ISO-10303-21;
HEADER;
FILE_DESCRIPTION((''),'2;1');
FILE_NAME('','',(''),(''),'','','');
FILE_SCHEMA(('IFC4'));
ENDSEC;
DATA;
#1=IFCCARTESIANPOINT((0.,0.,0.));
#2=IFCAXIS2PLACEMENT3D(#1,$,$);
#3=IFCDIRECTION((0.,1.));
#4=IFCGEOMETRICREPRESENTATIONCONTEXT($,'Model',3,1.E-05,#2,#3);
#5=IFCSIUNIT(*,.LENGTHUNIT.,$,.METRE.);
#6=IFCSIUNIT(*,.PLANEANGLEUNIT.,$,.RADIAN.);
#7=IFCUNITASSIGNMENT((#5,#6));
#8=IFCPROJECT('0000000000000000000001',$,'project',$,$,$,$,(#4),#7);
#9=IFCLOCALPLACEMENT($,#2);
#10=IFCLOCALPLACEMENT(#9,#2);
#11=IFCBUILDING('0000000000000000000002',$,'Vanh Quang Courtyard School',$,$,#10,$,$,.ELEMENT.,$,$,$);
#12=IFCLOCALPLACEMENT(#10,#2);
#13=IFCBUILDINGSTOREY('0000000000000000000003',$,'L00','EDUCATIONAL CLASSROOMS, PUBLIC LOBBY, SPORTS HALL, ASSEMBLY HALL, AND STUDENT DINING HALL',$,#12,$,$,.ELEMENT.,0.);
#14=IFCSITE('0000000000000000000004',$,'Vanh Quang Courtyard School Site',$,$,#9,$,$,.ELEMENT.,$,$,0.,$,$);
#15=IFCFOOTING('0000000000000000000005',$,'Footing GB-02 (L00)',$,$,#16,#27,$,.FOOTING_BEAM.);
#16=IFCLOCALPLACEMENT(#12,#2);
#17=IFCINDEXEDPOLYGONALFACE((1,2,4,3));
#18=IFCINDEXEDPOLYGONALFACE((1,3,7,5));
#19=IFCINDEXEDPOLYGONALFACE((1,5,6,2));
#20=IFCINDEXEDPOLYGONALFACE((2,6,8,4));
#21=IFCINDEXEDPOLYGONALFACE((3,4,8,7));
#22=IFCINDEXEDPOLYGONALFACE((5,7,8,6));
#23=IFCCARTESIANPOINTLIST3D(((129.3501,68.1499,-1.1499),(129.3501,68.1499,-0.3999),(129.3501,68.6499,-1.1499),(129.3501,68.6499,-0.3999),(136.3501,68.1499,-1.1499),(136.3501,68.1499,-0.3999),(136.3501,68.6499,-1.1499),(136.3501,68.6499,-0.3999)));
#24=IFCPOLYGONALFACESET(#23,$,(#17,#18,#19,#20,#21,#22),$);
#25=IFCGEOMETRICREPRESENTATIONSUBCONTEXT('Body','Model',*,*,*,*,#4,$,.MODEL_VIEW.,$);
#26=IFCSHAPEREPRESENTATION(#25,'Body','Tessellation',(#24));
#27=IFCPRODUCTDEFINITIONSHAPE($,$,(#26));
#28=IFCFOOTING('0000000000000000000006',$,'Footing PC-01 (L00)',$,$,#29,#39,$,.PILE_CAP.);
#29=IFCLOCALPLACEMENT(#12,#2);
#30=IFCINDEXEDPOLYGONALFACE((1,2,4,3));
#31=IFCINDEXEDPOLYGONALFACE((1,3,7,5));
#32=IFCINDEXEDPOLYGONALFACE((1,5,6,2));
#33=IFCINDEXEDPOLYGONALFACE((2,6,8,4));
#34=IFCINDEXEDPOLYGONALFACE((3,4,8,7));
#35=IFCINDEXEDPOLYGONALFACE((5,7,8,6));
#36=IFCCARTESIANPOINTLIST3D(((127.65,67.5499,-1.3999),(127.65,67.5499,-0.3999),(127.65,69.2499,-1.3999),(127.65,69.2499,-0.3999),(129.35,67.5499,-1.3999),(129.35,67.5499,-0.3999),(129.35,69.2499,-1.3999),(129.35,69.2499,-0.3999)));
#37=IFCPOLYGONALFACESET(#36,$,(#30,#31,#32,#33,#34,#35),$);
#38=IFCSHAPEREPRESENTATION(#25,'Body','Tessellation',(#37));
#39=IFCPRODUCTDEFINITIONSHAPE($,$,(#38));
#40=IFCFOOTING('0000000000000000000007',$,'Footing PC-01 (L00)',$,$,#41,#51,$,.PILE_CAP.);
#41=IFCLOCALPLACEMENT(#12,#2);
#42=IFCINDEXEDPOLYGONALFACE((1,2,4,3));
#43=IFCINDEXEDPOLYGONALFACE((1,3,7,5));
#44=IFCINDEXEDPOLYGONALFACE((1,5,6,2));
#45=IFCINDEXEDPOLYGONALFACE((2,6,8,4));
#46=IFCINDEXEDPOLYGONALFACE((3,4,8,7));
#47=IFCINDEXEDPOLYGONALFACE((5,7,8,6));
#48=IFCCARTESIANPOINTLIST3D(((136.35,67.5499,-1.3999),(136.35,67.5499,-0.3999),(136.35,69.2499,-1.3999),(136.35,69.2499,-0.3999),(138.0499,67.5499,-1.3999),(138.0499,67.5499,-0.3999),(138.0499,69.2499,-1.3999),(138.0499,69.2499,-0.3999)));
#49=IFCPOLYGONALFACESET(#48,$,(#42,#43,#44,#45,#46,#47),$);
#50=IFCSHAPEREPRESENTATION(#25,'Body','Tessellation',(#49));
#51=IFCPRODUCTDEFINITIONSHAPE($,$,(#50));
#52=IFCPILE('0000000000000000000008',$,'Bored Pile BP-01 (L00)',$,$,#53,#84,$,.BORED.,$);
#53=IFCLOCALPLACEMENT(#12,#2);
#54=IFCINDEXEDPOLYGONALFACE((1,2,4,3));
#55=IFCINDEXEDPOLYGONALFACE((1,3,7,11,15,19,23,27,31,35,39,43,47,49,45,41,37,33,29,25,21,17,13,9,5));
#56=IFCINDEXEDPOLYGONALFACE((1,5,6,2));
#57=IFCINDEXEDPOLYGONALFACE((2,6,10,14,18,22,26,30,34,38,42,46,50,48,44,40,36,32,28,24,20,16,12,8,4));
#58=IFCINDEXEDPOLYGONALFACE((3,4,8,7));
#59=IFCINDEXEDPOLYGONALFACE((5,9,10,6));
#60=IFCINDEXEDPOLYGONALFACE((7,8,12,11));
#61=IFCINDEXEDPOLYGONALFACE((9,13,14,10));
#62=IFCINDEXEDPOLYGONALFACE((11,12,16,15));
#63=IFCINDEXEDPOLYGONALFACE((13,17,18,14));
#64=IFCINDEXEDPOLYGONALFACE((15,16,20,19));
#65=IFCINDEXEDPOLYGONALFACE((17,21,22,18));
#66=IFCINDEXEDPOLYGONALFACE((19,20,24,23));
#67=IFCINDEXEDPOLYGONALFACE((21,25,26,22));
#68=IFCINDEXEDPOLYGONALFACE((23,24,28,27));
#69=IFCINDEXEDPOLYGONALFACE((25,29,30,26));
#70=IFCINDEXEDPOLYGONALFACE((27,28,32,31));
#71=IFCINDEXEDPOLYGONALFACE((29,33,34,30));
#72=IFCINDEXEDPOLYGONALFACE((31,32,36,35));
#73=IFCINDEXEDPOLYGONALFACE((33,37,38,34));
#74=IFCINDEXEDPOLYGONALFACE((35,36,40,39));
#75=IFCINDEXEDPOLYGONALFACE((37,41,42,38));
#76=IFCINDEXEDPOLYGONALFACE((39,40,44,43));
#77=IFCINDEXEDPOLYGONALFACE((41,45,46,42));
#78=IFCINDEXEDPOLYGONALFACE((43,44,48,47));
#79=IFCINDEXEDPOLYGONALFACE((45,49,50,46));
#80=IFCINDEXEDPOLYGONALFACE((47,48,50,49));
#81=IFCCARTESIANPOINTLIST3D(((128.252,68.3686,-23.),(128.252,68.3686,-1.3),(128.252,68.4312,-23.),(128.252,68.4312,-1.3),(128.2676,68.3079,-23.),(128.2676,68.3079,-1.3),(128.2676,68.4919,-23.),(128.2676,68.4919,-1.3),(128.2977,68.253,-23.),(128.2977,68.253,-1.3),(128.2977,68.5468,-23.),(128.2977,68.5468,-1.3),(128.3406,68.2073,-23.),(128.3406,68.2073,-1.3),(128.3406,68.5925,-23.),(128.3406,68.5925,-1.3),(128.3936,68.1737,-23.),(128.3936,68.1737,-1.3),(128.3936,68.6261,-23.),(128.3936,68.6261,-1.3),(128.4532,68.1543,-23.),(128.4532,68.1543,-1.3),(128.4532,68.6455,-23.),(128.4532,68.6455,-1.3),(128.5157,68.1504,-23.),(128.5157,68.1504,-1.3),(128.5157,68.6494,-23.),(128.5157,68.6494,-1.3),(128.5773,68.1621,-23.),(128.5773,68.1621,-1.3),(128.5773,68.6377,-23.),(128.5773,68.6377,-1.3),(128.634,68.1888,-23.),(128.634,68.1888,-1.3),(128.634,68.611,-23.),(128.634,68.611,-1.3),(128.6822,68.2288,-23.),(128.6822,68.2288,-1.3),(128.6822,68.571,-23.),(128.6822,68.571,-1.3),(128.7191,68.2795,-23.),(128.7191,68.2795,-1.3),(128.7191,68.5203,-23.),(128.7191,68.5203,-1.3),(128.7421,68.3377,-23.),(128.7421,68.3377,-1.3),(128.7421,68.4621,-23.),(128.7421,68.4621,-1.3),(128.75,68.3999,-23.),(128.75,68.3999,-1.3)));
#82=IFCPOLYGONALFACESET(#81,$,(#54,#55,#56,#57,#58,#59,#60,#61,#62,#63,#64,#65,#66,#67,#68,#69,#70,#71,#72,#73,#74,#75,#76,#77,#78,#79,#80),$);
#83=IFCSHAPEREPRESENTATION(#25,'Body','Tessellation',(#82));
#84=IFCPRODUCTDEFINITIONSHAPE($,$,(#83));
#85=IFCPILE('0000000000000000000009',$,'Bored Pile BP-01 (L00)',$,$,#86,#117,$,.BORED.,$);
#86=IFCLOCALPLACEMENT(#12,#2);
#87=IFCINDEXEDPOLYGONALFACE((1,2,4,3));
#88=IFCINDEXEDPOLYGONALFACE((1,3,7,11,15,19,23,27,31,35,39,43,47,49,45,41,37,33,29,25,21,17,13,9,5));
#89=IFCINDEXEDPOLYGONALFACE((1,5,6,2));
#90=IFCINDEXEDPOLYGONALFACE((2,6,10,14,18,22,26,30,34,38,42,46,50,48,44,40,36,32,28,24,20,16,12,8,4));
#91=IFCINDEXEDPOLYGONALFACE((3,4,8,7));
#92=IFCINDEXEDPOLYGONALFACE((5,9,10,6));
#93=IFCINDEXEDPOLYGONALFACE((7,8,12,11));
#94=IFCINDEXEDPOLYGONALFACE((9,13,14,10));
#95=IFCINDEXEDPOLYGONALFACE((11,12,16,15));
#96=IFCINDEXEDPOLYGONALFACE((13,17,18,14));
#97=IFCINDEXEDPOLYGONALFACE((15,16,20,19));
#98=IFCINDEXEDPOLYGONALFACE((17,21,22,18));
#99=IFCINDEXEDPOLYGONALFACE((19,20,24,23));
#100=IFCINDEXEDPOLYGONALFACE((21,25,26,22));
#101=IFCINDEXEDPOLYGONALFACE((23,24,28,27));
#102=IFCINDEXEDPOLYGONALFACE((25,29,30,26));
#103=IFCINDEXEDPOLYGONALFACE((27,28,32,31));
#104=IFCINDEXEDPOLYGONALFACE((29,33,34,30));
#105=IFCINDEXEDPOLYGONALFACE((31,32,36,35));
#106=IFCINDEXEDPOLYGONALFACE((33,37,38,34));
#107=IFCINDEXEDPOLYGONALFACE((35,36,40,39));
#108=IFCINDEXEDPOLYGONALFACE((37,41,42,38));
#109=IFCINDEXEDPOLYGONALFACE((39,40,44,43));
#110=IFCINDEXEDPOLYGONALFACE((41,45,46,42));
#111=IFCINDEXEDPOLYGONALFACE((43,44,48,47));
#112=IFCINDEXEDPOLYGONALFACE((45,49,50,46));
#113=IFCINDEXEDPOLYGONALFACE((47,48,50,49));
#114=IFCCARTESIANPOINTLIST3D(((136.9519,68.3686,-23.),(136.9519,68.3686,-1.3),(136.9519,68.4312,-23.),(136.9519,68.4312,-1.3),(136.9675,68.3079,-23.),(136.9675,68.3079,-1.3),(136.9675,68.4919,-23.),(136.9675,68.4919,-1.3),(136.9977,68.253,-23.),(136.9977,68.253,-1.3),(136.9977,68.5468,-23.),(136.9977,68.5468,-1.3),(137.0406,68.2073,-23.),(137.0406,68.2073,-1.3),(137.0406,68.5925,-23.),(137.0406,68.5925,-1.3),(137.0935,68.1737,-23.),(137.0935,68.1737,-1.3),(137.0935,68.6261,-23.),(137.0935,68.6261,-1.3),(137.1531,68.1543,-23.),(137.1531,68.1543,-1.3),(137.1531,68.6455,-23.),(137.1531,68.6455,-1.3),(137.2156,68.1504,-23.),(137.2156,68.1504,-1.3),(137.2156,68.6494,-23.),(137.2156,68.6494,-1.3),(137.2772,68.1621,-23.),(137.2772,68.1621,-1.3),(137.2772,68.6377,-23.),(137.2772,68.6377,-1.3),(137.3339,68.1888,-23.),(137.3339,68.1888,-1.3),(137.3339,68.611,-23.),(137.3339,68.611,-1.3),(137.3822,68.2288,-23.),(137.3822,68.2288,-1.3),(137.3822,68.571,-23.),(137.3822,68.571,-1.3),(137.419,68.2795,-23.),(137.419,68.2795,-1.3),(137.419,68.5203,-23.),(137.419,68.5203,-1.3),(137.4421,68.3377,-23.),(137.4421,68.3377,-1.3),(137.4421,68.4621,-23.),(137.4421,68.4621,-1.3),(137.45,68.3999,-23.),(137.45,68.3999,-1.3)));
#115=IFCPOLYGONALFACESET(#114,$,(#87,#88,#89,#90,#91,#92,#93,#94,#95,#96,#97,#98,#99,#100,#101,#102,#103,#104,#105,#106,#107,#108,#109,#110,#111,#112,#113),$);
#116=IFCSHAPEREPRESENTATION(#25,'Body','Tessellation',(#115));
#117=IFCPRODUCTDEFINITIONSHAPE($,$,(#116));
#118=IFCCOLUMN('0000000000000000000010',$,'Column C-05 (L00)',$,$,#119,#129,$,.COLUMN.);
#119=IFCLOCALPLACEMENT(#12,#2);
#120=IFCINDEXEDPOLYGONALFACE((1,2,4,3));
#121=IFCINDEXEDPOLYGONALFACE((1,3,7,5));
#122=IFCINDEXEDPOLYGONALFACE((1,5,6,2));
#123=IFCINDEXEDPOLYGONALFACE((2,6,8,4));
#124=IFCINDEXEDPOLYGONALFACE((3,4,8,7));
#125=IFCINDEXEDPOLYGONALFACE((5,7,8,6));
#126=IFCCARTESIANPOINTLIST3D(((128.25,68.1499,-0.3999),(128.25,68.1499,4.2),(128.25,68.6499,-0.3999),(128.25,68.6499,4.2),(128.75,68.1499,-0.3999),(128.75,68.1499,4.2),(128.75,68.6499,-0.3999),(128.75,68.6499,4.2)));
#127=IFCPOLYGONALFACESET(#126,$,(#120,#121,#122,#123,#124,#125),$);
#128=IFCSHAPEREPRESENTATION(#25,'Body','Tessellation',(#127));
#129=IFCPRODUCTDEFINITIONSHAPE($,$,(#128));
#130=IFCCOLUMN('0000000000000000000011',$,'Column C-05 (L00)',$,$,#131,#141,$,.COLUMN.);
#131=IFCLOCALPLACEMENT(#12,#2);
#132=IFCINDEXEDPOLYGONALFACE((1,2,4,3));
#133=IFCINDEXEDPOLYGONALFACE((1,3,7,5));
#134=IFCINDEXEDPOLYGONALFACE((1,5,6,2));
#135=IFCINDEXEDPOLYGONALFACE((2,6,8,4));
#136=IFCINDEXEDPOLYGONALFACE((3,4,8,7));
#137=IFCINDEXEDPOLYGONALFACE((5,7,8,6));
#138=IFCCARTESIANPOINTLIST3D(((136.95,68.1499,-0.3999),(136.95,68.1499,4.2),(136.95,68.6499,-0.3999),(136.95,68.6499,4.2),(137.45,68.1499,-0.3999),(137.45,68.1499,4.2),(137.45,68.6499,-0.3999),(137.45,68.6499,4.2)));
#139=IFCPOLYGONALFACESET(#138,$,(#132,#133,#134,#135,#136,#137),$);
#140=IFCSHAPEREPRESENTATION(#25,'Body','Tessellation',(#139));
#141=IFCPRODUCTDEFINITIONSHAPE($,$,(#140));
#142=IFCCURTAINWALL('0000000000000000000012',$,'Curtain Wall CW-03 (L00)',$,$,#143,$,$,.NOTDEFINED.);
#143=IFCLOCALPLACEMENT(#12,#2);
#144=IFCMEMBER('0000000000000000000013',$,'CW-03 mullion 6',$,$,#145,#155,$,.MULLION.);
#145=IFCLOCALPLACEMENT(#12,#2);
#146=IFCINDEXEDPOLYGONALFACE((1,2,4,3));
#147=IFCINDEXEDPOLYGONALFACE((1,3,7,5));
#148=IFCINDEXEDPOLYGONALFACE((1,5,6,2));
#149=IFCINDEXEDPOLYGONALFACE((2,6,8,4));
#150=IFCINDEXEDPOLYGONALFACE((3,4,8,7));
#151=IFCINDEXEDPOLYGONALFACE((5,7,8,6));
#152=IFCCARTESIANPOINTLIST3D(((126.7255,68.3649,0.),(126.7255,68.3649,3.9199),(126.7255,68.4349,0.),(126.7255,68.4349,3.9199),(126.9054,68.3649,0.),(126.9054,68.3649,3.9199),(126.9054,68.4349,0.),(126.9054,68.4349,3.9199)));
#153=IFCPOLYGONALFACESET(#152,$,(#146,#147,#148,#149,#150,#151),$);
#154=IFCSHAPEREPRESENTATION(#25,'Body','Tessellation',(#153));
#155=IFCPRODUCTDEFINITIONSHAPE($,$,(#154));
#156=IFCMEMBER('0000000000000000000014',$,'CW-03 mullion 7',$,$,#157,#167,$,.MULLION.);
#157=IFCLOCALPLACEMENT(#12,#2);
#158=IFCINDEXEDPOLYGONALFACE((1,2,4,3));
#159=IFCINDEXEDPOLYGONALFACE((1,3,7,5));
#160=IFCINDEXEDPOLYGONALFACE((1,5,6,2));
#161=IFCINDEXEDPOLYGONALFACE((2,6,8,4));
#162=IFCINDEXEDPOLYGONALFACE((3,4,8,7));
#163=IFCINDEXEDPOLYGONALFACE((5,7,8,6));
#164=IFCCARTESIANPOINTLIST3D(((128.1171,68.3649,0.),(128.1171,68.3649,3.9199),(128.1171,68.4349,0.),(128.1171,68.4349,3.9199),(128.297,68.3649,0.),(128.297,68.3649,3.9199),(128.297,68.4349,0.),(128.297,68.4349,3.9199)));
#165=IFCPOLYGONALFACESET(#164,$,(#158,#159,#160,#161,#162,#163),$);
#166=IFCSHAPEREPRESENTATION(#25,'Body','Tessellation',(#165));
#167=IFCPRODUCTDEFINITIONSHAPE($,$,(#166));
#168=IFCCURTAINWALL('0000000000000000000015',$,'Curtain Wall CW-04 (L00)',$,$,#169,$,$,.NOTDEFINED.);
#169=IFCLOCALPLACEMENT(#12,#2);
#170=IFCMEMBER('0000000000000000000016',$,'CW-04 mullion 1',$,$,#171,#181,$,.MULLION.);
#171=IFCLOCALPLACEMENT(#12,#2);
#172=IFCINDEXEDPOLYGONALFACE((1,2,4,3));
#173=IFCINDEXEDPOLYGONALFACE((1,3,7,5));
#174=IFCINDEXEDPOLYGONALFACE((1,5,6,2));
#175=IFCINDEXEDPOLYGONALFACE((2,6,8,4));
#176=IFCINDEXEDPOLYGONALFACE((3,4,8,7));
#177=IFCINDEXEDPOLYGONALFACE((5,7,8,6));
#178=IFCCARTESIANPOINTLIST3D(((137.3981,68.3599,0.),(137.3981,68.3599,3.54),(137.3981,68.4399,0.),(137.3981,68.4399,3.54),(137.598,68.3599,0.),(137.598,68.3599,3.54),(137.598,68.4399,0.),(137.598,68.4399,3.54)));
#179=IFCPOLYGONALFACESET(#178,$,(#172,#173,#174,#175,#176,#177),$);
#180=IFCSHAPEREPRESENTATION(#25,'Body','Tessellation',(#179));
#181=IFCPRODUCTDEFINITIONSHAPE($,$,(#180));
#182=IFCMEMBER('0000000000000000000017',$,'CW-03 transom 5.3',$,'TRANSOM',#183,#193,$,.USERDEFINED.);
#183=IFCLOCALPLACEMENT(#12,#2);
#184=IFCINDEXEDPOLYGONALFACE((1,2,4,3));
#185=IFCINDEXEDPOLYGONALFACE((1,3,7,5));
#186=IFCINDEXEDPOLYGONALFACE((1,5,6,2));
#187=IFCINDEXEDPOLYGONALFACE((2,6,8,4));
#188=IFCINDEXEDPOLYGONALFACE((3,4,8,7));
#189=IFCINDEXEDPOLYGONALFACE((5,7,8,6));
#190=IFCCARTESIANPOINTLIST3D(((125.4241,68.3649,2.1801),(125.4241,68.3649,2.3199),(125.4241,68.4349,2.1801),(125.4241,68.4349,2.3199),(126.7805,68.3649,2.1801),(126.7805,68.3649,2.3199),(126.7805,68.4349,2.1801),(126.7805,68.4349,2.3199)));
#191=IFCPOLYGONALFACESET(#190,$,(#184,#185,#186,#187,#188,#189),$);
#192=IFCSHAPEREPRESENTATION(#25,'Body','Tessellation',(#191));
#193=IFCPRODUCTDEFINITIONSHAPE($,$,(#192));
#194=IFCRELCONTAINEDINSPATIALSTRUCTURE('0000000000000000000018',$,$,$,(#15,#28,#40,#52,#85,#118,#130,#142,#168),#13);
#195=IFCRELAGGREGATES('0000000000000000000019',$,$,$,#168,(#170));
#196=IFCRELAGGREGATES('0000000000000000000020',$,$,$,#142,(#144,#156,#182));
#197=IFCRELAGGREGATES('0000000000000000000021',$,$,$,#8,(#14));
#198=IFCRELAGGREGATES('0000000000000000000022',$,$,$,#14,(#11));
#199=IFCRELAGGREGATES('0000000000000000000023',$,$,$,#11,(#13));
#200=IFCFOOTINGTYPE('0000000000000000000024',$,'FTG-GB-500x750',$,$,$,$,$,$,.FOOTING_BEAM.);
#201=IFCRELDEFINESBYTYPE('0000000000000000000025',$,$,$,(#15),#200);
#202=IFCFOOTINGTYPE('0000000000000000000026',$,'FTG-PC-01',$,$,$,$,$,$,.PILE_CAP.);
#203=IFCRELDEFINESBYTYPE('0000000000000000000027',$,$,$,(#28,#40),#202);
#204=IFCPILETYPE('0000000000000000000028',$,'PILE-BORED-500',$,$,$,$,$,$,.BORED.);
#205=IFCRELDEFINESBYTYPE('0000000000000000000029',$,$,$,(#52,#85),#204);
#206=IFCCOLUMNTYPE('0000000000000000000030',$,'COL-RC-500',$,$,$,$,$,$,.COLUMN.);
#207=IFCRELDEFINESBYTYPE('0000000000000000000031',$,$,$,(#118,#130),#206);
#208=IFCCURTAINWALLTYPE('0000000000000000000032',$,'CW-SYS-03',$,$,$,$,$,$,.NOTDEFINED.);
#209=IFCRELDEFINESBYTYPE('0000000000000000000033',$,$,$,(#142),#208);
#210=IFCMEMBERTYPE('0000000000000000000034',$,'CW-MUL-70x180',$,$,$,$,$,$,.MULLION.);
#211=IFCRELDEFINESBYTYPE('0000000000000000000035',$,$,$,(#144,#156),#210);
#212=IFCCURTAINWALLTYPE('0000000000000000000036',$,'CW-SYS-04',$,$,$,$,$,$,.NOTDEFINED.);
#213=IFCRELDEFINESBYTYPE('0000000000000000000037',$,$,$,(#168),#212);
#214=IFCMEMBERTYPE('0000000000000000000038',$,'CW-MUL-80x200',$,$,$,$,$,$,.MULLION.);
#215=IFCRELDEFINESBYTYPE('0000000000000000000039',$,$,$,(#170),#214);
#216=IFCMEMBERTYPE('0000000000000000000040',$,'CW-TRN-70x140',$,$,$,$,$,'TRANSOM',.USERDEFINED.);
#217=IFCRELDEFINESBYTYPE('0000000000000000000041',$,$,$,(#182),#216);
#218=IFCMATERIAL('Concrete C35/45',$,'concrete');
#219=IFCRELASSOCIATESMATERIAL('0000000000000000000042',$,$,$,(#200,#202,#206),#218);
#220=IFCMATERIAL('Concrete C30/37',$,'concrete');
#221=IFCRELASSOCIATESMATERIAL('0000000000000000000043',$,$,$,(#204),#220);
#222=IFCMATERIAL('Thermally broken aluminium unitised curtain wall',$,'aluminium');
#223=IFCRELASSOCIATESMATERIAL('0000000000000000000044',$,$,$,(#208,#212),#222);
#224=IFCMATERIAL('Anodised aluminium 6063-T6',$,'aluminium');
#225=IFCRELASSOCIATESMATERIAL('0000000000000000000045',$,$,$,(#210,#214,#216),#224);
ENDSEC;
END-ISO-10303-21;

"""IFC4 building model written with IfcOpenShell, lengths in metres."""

from ifc_helpers import new_model, si_unit, direction, frame, origin, origin_2d, place, context, subcontext, project, spatial, rectangle, circle, extrude, material, material_profile, profile_set, type_object, element, aggregate, save


model = new_model("IFC4")

# Units and contexts
model_context = context("Model", 3, precision=1e-05, world=origin(), true_north=direction((0.0, 1.0)))
body_context = subcontext(model_context, "Body", "Model", "MODEL_VIEW")
ifc_project = project(units=[si_unit("LENGTHUNIT", "METRE"), si_unit("PLANEANGLEUNIT", "RADIAN")], contexts=[model_context])

# Site, building, storey
site_placement = place(None, origin())
site = spatial("IfcSite", under=ifc_project, at=site_placement, Name="Vanh Quang Courtyard School Site", CompositionType="ELEMENT", RefElevation=0.0)
building_placement = place(site_placement, origin())
building = spatial("IfcBuilding", under=site, at=building_placement, Name="Vanh Quang Courtyard School", CompositionType="ELEMENT")
storey_placement = place(building_placement, origin())
storey = spatial("IfcBuildingStorey", under=building, at=storey_placement, Name="L00", Description="EDUCATIONAL CLASSROOMS, PUBLIC LOBBY, SPORTS HALL, ASSEMBLY HALL, AND STUDENT DINING HALL", CompositionType="ELEMENT", Elevation=0.0)

# Footings
ifc_material_1 = material(Name="Concrete C35/45", Category="concrete")
footing_type_1 = type_object("IfcFootingType", Name="FTG-GB-500x750", PredefinedType="FOOTING_BEAM", material=ifc_material_1)
footing_placement = place(storey_placement, frame((132.8501, 68.3999, -1.1499), z_axis=(0.0, 0.0, 1.0), x_axis=(1.0, 0.0, 0.0)))
element("IfcFooting", 1, at=footing_placement, inside=storey, type_object=footing_type_1, Name="Footing GB-02 (L00)", PredefinedType="FOOTING_BEAM", context=body_context, shape_type="SweptSolid", body=[
    extrude(rectangle(XDim=7.0, YDim=0.5, at=origin_2d()), origin(), (0.0, 0.0, 1.0), 0.75),
])
footing_type_2 = type_object("IfcFootingType", Name="FTG-PC-01", PredefinedType="PILE_CAP", material=ifc_material_1)
for number, where, z_axis, x_axis, name in (
    (2, (128.5, 68.3999, -1.3999), (0.0, 0.0, 1.0), (1.0, 0.0, 0.0), "Footing PC-01 (L00)"),
    (3, (137.2, 68.3999, -1.3999), (0.0, 0.0, 1.0), (1.0, 0.0, 0.0), "Footing PC-01 (L00)"),
):
    element("IfcFooting", number, at=place(storey_placement, frame(where, z_axis=z_axis, x_axis=x_axis)), inside=storey, type_object=footing_type_2, Name=name, PredefinedType="PILE_CAP", context=body_context, shape_type="SweptSolid", body=[
        extrude(rectangle(XDim=1.7, YDim=1.7, at=origin_2d()), origin(), (0.0, 0.0, 1.0), 1.0),
    ])

# Piles
ifc_material_2 = material(Name="Concrete C30/37", Category="concrete")
ifc_material_profile_1 = material_profile(ifc_material_2, circle(Radius=0.25, at=origin_2d()), Name="PILE D500")
ifc_profile_set_1 = profile_set([ifc_material_profile_1], Name="Concrete C30/37")
pile_type = type_object("IfcPileType", Name="PILE-BORED-500", PredefinedType="BORED", material=ifc_profile_set_1)
for number, where, z_axis, x_axis, name in (
    (4, (128.5, 68.3999, -1.3), (0.0, 0.0, -1.0), (1.0, 0.0, 0.0), "Bored Pile BP-01 (L00)"),
    (5, (137.2, 68.3999, -1.3), (0.0, 0.0, -1.0), (1.0, 0.0, 0.0), "Bored Pile BP-01 (L00)"),
):
    element("IfcPile", number, at=place(storey_placement, frame(where, z_axis=z_axis, x_axis=x_axis)), inside=storey, type_object=pile_type, Name=name, PredefinedType="BORED", context=body_context, shape_type="SweptSolid", body=[
        extrude(circle(Radius=0.25, at=origin_2d()), origin(), (0.0, 0.0, 1.0), 21.7),
    ])

# Columns
ifc_material_profile_2 = material_profile(ifc_material_1, rectangle(XDim=0.5, YDim=0.5, at=origin_2d()), Name="RC-COL 500x500")
ifc_profile_set_2 = profile_set([ifc_material_profile_2], Name="Concrete C35/45")
column_type = type_object("IfcColumnType", Name="COL-RC-500", PredefinedType="COLUMN", material=ifc_profile_set_2)
for number, where, z_axis, x_axis, name in (
    (6, (128.5, 68.3999, -0.3999), (0.0, 0.0, 1.0), (1.0, 0.0, 0.0), "Column C-05 (L00)"),
    (7, (137.2, 68.3999, -0.3999), (0.0, 0.0, 1.0), (1.0, 0.0, 0.0), "Column C-05 (L00)"),
):
    element("IfcColumn", number, at=place(storey_placement, frame(where, z_axis=z_axis, x_axis=x_axis)), inside=storey, type_object=column_type, Name=name, PredefinedType="COLUMN", context=body_context, shape_type="SweptSolid", body=[
        extrude(rectangle(XDim=0.5, YDim=0.5, at=origin_2d()), origin(), (0.0, 0.0, 1.0), 4.5999),
    ])

# Curtain wall, members
ifc_material_3 = material(Name="Thermally broken aluminium unitised curtain wall", Category="aluminium")
curtain_wall_type_1 = type_object("IfcCurtainWallType", Name="CW-SYS-03", PredefinedType="NOTDEFINED", material=ifc_material_3)
curtain_wall_1_placement = place(storey_placement, origin())
curtain_wall_1 = element("IfcCurtainWall", 8, at=curtain_wall_1_placement, inside=storey, type_object=curtain_wall_type_1, Name="Curtain Wall CW-03 (L00)", PredefinedType="NOTDEFINED")
ifc_material_4 = material(Name="Anodised aluminium 6063-T6", Category="aluminium")
ifc_material_profile_3 = material_profile(ifc_material_4, rectangle(XDim=0.0701, YDim=0.1799, at=origin_2d()), Name="ALU-MUL 70x180")
ifc_profile_set_3 = profile_set([ifc_material_profile_3], Name="Anodised aluminium 6063-T6")
member_type_1 = type_object("IfcMemberType", Name="CW-MUL-70x180", PredefinedType="MULLION", material=ifc_profile_set_3)
member_1_placement = place(storey_placement, frame((126.8154, 68.3999, 0.0), z_axis=(0.0, 0.0, 1.0), x_axis=(0.0, 1.0, 0.0)))
member_1 = element("IfcMember", 9, at=member_1_placement, type_object=member_type_1, Name="CW-03 mullion 6", PredefinedType="MULLION", context=body_context, shape_type="SweptSolid", body=[
    extrude(rectangle(XDim=0.0701, YDim=0.1799, at=origin_2d()), origin(), (0.0, 0.0, 1.0), 3.9199),
])
member_2_placement = place(storey_placement, frame((128.207, 68.3999, 0.0), z_axis=(0.0, 0.0, 1.0), x_axis=(0.0, 1.0, 0.0)))
member_2 = element("IfcMember", 10, at=member_2_placement, type_object=member_type_1, Name="CW-03 mullion 7", PredefinedType="MULLION", context=body_context, shape_type="SweptSolid", body=[
    extrude(rectangle(XDim=0.0701, YDim=0.1799, at=origin_2d()), origin(), (0.0, 0.0, 1.0), 3.9199),
])

# Curtain wall, member
curtain_wall_type_2 = type_object("IfcCurtainWallType", Name="CW-SYS-04", PredefinedType="NOTDEFINED", material=ifc_material_3)
curtain_wall_2_placement = place(storey_placement, origin())
curtain_wall_2 = element("IfcCurtainWall", 11, at=curtain_wall_2_placement, inside=storey, type_object=curtain_wall_type_2, Name="Curtain Wall CW-04 (L00)", PredefinedType="NOTDEFINED")
ifc_material_profile_4 = material_profile(ifc_material_4, rectangle(XDim=0.0801, YDim=0.2, at=origin_2d()), Name="ALU-MUL 80x200")
ifc_profile_set_4 = profile_set([ifc_material_profile_4], Name="Anodised aluminium 6063-T6")
member_type_2 = type_object("IfcMemberType", Name="CW-MUL-80x200", PredefinedType="MULLION", material=ifc_profile_set_4)
member_3_placement = place(storey_placement, frame((137.498, 68.3999, 0.0), z_axis=(0.0, 0.0, 1.0), x_axis=(0.0, 1.0, 0.0)))
member_3 = element("IfcMember", 12, at=member_3_placement, type_object=member_type_2, Name="CW-04 mullion 1", PredefinedType="MULLION", context=body_context, shape_type="SweptSolid", body=[
    extrude(rectangle(XDim=0.0801, YDim=0.2, at=origin_2d()), origin(), (0.0, 0.0, 1.0), 3.54),
])

# Member
ifc_material_profile_5 = material_profile(ifc_material_4, rectangle(XDim=0.0701, YDim=0.1399, at=origin_2d()), Name="ALU-TRN 70x140")
ifc_profile_set_5 = profile_set([ifc_material_profile_5], Name="Anodised aluminium 6063-T6")
member_type_3 = type_object("IfcMemberType", Name="CW-TRN-70x140", ElementType="TRANSOM", PredefinedType="USERDEFINED", material=ifc_profile_set_5)
member_4_placement = place(storey_placement, frame((125.4241, 68.3999, 2.25), z_axis=(1.0, 0.0, 0.0), x_axis=(0.0, 1.0, 0.0)))
member_4 = element("IfcMember", 13, at=member_4_placement, type_object=member_type_3, Name="CW-03 transom 5.3", ObjectType="TRANSOM", PredefinedType="USERDEFINED", context=body_context, shape_type="SweptSolid", body=[
    extrude(rectangle(XDim=0.0701, YDim=0.1399, at=origin_2d()), origin(), (0.0, 0.0, 1.0), 1.3564),
])

aggregate(curtain_wall_2, [member_3])
aggregate(curtain_wall_1, [member_1, member_2, member_4])

save(model, "model.ifc")
